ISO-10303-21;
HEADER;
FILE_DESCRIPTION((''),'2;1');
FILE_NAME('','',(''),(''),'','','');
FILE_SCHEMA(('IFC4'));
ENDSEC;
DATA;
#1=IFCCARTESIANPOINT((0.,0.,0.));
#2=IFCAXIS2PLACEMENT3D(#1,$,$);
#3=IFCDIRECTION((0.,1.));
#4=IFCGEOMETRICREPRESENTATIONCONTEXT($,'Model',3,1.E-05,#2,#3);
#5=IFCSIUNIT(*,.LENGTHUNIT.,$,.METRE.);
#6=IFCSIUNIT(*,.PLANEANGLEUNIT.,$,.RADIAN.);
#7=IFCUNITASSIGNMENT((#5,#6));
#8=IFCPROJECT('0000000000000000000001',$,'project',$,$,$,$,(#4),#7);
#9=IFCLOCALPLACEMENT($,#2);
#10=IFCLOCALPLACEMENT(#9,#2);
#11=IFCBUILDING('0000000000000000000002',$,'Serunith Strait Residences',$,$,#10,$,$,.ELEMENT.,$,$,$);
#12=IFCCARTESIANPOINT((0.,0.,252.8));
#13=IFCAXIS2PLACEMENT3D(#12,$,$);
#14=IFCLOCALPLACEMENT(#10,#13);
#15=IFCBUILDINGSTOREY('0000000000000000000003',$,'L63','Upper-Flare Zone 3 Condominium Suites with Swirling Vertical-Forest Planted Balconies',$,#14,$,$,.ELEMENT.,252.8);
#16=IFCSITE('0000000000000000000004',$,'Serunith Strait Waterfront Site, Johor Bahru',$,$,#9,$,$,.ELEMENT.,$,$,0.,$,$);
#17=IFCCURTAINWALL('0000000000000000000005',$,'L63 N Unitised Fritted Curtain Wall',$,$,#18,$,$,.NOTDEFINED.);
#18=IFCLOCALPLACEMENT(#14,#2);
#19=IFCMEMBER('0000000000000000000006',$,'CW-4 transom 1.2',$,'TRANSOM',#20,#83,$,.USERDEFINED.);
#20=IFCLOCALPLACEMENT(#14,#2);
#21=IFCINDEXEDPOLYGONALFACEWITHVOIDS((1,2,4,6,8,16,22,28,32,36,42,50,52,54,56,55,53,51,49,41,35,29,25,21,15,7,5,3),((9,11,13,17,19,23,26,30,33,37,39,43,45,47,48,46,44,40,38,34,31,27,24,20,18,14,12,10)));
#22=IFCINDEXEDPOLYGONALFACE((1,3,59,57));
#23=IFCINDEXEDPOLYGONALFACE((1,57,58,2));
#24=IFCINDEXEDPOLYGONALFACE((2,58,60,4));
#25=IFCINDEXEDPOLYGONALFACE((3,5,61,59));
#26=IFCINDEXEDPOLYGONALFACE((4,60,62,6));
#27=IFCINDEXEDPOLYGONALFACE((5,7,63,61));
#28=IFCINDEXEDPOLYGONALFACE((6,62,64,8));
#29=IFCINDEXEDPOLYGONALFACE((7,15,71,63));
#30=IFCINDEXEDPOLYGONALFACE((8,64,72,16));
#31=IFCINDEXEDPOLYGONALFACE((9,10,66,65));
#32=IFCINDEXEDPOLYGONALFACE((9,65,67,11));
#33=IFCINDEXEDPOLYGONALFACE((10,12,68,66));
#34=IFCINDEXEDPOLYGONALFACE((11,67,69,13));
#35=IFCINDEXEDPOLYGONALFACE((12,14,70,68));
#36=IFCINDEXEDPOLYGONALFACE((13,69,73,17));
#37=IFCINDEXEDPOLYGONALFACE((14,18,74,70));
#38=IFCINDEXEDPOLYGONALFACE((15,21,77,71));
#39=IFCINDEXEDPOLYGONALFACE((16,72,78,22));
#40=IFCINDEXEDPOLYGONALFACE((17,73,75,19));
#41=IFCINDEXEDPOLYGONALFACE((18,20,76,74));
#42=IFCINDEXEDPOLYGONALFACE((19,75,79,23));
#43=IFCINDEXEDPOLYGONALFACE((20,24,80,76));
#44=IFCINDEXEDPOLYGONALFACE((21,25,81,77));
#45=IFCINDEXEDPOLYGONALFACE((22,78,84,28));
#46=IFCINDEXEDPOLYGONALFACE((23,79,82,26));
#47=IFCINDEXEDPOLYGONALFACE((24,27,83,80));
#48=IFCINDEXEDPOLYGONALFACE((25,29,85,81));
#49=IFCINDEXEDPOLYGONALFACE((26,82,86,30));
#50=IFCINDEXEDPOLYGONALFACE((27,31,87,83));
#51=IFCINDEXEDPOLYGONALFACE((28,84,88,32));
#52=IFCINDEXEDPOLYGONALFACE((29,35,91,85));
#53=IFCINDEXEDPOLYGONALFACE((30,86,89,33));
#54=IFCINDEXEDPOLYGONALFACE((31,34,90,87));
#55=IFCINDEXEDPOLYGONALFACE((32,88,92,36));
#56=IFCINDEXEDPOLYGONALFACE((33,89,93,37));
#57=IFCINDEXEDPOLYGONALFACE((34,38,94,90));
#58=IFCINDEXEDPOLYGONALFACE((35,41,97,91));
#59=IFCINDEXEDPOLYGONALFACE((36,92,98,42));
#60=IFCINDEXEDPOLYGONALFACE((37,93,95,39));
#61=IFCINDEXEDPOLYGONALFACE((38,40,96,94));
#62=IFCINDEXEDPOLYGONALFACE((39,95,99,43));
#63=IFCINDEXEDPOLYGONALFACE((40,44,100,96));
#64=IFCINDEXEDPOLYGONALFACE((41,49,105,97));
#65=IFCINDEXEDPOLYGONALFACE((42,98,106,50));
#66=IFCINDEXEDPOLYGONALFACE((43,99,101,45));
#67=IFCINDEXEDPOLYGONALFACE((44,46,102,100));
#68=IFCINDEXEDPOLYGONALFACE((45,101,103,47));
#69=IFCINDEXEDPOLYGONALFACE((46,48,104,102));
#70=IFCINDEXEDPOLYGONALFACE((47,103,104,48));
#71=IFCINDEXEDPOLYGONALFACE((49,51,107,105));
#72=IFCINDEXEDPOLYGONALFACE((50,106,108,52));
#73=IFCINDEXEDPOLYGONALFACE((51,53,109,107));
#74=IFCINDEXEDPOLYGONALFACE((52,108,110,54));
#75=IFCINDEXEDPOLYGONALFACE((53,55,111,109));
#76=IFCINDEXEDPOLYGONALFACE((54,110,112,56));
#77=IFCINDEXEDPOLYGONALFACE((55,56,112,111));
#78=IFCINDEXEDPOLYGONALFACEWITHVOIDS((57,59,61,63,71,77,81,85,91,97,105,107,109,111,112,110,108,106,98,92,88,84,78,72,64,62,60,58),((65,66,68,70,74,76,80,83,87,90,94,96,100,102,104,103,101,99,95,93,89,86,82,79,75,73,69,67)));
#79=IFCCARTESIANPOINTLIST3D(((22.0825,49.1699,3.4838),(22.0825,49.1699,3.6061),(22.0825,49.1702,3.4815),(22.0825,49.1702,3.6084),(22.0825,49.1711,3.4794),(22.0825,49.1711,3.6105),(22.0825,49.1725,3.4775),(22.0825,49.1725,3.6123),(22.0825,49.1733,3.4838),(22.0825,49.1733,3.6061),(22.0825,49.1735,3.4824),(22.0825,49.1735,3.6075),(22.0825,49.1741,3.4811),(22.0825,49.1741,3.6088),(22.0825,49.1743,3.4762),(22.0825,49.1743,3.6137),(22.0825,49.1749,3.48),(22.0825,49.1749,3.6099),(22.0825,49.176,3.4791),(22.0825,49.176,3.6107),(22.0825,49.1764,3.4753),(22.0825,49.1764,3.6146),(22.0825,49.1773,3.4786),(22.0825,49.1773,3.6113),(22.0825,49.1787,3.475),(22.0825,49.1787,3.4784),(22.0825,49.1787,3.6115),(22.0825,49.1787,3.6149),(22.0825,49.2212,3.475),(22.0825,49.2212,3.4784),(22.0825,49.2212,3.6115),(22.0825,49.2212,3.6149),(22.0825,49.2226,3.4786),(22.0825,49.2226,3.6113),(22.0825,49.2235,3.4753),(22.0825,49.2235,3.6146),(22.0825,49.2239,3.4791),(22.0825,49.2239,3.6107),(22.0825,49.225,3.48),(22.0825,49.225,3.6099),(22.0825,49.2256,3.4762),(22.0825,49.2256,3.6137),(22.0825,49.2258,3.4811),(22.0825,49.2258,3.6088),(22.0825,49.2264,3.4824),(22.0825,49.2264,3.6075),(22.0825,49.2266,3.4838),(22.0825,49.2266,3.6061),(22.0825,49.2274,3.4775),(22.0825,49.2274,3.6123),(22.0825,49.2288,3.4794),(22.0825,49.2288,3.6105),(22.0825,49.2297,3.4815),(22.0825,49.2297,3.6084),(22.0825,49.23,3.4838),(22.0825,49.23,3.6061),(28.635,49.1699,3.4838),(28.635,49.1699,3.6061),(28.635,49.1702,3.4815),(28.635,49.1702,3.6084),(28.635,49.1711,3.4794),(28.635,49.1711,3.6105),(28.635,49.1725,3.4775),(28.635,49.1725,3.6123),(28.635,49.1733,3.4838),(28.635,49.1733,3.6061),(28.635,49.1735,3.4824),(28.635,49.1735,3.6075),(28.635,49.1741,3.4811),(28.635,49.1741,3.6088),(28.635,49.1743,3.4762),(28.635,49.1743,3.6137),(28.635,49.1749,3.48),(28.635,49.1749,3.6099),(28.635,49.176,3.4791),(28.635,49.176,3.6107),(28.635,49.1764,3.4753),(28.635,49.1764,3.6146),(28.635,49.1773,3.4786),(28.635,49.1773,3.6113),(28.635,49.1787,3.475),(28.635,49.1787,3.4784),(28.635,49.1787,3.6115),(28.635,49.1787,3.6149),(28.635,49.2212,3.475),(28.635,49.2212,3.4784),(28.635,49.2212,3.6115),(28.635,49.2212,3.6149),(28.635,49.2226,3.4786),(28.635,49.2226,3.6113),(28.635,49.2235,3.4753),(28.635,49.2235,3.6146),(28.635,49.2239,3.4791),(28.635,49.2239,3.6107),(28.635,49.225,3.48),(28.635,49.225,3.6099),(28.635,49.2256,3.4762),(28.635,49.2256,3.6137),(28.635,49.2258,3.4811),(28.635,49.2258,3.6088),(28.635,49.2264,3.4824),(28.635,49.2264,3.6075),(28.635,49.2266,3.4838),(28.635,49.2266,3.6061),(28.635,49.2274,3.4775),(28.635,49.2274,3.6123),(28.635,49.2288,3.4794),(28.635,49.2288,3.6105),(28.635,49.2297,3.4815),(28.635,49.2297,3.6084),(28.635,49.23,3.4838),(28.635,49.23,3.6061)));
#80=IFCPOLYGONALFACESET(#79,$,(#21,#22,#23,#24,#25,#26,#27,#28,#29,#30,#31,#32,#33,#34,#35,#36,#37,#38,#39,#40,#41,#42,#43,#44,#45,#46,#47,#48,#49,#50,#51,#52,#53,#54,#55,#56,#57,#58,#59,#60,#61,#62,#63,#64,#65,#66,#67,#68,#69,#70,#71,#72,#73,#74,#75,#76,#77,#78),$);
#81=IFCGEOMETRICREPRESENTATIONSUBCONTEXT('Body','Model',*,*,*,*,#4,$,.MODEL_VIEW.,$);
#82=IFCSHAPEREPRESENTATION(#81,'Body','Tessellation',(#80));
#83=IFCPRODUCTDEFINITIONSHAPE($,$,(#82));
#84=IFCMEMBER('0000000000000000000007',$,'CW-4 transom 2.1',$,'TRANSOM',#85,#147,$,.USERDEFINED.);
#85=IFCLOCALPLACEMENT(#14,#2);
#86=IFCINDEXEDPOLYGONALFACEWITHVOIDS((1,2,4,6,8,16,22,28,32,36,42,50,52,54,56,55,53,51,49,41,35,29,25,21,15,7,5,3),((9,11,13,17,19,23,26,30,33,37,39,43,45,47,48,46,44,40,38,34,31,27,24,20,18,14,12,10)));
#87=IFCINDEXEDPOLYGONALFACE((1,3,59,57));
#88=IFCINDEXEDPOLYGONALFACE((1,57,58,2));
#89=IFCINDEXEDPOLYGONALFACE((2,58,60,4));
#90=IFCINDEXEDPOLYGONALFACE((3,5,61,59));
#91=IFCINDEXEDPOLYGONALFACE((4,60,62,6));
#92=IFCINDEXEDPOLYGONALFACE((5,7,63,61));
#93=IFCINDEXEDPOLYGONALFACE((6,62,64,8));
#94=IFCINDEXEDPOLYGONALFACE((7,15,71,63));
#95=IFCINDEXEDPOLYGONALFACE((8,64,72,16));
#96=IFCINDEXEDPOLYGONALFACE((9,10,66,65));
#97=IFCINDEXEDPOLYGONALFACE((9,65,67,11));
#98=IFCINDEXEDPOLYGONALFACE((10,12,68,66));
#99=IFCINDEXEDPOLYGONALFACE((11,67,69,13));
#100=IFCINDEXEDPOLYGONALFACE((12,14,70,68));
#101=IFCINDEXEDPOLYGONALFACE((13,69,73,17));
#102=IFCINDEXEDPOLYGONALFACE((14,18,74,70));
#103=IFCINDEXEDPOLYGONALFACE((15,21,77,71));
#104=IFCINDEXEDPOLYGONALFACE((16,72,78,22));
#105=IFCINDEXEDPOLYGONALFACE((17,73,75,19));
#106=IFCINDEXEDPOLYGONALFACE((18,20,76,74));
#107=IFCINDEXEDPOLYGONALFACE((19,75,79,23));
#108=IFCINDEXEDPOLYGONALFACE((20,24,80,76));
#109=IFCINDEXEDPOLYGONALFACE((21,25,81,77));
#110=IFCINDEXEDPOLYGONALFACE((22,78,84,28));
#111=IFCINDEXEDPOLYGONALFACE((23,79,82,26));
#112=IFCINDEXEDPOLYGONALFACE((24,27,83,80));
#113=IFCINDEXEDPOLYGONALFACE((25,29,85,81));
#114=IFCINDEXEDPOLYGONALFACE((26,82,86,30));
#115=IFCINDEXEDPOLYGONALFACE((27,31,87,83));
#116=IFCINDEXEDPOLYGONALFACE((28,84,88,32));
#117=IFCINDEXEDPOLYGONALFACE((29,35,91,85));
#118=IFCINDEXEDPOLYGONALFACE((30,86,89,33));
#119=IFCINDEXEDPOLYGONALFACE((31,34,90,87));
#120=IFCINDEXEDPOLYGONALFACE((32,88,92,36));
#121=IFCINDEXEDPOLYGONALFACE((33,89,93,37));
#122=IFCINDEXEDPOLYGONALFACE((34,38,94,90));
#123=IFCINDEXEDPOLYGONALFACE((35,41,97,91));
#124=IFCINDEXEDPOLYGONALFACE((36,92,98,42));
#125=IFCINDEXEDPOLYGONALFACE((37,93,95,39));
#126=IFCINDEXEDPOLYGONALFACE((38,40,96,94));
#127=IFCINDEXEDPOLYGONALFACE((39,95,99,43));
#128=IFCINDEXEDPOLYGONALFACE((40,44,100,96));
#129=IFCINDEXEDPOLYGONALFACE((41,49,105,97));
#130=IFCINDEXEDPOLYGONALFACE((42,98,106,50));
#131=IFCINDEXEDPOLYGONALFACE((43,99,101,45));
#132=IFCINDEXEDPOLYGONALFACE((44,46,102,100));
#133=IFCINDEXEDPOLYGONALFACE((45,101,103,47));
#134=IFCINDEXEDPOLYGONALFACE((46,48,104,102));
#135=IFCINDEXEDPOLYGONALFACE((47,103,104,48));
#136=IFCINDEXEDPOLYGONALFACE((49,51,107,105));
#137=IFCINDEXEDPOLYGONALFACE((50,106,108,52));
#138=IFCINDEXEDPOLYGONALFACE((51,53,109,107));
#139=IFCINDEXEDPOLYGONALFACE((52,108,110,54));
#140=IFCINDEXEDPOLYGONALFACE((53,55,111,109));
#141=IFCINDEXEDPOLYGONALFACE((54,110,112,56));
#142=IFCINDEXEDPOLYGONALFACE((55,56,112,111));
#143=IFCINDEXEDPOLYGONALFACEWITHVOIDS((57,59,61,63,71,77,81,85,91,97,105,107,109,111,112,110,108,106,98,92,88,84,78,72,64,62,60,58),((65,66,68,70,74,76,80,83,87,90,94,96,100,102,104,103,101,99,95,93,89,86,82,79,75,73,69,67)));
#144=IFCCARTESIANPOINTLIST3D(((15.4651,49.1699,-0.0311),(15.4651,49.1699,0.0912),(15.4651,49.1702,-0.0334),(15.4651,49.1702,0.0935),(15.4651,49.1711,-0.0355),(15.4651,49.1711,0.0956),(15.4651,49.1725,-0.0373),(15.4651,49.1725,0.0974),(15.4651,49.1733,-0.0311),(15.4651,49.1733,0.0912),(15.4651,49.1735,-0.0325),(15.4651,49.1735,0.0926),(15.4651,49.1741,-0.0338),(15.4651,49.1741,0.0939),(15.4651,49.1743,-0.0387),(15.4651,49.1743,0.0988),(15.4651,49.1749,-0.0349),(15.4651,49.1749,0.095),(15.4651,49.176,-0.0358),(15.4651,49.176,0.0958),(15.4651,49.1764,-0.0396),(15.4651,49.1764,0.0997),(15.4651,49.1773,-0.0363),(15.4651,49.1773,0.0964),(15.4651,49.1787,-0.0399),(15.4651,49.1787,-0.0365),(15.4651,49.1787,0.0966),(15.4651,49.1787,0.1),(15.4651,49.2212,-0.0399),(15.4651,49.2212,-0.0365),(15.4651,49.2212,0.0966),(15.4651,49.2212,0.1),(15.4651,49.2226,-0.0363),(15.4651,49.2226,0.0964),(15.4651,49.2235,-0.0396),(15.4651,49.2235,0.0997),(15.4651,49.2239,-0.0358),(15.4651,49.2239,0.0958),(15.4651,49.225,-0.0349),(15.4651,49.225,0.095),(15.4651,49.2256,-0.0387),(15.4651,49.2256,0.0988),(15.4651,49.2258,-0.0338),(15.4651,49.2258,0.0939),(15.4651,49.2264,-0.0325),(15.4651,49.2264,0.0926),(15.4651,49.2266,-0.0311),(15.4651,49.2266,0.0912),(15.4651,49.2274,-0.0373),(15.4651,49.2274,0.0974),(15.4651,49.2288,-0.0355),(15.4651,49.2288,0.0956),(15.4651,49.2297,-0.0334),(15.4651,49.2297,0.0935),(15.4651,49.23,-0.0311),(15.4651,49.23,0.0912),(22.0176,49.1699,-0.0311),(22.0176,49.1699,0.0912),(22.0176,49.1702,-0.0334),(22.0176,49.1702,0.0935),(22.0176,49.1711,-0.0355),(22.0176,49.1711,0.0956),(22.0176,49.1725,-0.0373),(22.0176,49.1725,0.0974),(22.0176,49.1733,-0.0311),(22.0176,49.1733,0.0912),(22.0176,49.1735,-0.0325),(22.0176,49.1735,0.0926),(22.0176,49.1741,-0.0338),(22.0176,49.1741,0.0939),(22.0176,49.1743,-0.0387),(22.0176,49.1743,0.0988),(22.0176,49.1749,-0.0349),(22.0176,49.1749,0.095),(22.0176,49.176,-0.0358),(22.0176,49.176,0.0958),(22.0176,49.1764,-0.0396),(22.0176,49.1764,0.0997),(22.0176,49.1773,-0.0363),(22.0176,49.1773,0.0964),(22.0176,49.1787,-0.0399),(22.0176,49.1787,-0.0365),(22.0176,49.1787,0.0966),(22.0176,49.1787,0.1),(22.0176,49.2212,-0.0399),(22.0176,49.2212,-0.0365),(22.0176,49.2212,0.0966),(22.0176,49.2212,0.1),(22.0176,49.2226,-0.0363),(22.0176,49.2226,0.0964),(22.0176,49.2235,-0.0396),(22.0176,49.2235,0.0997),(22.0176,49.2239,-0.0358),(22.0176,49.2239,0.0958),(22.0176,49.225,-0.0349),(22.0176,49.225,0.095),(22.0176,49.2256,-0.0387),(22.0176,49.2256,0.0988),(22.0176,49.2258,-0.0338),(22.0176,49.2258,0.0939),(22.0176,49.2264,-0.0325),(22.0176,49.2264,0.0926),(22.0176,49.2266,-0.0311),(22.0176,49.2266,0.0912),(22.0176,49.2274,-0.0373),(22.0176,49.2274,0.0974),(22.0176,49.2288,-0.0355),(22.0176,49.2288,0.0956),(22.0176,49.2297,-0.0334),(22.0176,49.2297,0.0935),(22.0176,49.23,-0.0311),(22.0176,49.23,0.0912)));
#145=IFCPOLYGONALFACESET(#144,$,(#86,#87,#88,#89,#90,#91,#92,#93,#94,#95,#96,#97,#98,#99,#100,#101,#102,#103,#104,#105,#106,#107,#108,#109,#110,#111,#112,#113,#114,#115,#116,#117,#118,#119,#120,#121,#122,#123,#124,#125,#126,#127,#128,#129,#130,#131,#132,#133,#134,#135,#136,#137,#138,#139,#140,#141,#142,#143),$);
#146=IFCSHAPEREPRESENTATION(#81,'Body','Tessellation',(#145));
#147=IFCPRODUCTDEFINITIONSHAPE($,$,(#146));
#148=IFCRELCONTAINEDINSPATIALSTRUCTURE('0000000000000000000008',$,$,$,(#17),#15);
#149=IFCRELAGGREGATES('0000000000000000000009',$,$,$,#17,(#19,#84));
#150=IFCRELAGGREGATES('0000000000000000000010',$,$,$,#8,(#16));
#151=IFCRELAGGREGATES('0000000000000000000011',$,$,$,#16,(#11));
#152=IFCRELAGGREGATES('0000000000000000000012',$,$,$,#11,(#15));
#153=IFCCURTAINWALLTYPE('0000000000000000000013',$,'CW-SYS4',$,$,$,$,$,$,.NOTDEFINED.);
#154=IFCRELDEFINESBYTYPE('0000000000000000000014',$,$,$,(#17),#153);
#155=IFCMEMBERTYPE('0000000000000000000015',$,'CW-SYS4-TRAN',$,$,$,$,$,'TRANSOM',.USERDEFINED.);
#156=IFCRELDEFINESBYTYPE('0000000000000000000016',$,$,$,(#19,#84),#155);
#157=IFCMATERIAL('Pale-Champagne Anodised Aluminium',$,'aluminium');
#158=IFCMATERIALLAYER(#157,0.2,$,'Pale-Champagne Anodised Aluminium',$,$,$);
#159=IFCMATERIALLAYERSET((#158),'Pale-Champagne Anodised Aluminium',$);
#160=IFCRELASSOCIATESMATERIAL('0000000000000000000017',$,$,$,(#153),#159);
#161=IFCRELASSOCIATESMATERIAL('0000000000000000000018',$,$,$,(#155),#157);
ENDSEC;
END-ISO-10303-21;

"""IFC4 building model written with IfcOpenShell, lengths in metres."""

from ifc_helpers import new_model, si_unit, direction, frame, origin, origin_2d, place, context, subcontext, project, spatial, hollow_rectangle, extrude, source, transform, mapped, material, layer, layer_set, material_profile, profile_set, type_object, element, aggregate, save


model = new_model("IFC4")

# Units and contexts
model_context = context("Model", 3, precision=1e-05, world=origin(), true_north=direction((0.0, 1.0)))
body_context = subcontext(model_context, "Body", "Model", "MODEL_VIEW")
ifc_project = project(units=[si_unit("LENGTHUNIT", "METRE"), si_unit("PLANEANGLEUNIT", "RADIAN")], contexts=[model_context])

# Site, building, storey
site_placement = place(None, origin())
site = spatial("IfcSite", under=ifc_project, at=site_placement, Name="Serunith Strait Waterfront Site, Johor Bahru", CompositionType="ELEMENT", RefElevation=0.0)
building_placement = place(site_placement, origin())
building = spatial("IfcBuilding", under=site, at=building_placement, Name="Serunith Strait Residences", CompositionType="ELEMENT")
storey_placement = place(building_placement, frame((0.0, 0.0, 252.8)))
storey = spatial("IfcBuildingStorey", under=building, at=storey_placement, Name="L63", Description="Upper-Flare Zone 3 Condominium Suites with Swirling Vertical-Forest Planted Balconies", CompositionType="ELEMENT", Elevation=252.8)

# Shared definitions
ifc_material_1 = material(Name="Pale-Champagne Anodised Aluminium", Category="aluminium")
ifc_layer_1 = layer(ifc_material_1, 0.2, Name="Pale-Champagne Anodised Aluminium")
ifc_layer_set_1 = layer_set([ifc_layer_1], Name="Pale-Champagne Anodised Aluminium")
curtain_wall_type = type_object("IfcCurtainWallType", Name="CW-SYS4", PredefinedType="NOTDEFINED", material=ifc_layer_set_1)

# Curtain wall, members
curtain_wall_1_placement = place(storey_placement, origin())
curtain_wall_1 = element("IfcCurtainWall", 1, at=curtain_wall_1_placement, inside=storey, type_object=curtain_wall_type, Name="L63 N Unitised Fritted Curtain Wall", PredefinedType="NOTDEFINED")
ifc_material_profile_1 = material_profile(ifc_material_1, hollow_rectangle(XDim=0.0601, YDim=0.1399, WallThickness=0.0034, InnerFilletRadius=0.0054, OuterFilletRadius=0.0088, at=origin_2d()), Name="ALU 140x60x3.5")
ifc_profile_set_1 = profile_set([ifc_material_profile_1], Name="Pale-Champagne Anodised Aluminium")
member_type_1 = type_object("IfcMemberType", Name="CW-SYS4-TRAN", ElementType="TRANSOM", PredefinedType="USERDEFINED", material=ifc_profile_set_1)
shared_shape_1 = source(origin(), body_context, "Body", "SweptSolid", [
    extrude(hollow_rectangle(XDim=0.0601, YDim=0.1399, WallThickness=0.0034, InnerFilletRadius=0.0054, OuterFilletRadius=0.0088, at=origin_2d()), origin(), (0.0, 0.0, 1.0), 6.5525),
])
member_1_placement = place(storey_placement, frame((28.635, 49.2, 3.5449), z_axis=(-1.0, 0.0, 0.0), x_axis=(0.0, -1.0, 0.0)))
member_1 = element("IfcMember", 2, at=member_1_placement, type_object=member_type_1, Name="CW-4 transom 1.2", ObjectType="TRANSOM", PredefinedType="USERDEFINED", context=body_context, shape_type="MappedRepresentation", body=[
    mapped(shared_shape_1, transform((0.0, 0.0, 0.0), scale=1.0)),
])
member_2_placement = place(storey_placement, frame((22.0176, 49.2, 0.03), z_axis=(-1.0, 0.0, 0.0), x_axis=(0.0, -1.0, 0.0)))
member_2 = element("IfcMember", 3, at=member_2_placement, type_object=member_type_1, Name="CW-4 transom 2.1", ObjectType="TRANSOM", PredefinedType="USERDEFINED", context=body_context, shape_type="MappedRepresentation", body=[
    mapped(shared_shape_1, transform((0.0, 0.0, 0.0), scale=1.0)),
])
aggregate(curtain_wall_1, [member_1, member_2])

save(model, "model.ifc")
